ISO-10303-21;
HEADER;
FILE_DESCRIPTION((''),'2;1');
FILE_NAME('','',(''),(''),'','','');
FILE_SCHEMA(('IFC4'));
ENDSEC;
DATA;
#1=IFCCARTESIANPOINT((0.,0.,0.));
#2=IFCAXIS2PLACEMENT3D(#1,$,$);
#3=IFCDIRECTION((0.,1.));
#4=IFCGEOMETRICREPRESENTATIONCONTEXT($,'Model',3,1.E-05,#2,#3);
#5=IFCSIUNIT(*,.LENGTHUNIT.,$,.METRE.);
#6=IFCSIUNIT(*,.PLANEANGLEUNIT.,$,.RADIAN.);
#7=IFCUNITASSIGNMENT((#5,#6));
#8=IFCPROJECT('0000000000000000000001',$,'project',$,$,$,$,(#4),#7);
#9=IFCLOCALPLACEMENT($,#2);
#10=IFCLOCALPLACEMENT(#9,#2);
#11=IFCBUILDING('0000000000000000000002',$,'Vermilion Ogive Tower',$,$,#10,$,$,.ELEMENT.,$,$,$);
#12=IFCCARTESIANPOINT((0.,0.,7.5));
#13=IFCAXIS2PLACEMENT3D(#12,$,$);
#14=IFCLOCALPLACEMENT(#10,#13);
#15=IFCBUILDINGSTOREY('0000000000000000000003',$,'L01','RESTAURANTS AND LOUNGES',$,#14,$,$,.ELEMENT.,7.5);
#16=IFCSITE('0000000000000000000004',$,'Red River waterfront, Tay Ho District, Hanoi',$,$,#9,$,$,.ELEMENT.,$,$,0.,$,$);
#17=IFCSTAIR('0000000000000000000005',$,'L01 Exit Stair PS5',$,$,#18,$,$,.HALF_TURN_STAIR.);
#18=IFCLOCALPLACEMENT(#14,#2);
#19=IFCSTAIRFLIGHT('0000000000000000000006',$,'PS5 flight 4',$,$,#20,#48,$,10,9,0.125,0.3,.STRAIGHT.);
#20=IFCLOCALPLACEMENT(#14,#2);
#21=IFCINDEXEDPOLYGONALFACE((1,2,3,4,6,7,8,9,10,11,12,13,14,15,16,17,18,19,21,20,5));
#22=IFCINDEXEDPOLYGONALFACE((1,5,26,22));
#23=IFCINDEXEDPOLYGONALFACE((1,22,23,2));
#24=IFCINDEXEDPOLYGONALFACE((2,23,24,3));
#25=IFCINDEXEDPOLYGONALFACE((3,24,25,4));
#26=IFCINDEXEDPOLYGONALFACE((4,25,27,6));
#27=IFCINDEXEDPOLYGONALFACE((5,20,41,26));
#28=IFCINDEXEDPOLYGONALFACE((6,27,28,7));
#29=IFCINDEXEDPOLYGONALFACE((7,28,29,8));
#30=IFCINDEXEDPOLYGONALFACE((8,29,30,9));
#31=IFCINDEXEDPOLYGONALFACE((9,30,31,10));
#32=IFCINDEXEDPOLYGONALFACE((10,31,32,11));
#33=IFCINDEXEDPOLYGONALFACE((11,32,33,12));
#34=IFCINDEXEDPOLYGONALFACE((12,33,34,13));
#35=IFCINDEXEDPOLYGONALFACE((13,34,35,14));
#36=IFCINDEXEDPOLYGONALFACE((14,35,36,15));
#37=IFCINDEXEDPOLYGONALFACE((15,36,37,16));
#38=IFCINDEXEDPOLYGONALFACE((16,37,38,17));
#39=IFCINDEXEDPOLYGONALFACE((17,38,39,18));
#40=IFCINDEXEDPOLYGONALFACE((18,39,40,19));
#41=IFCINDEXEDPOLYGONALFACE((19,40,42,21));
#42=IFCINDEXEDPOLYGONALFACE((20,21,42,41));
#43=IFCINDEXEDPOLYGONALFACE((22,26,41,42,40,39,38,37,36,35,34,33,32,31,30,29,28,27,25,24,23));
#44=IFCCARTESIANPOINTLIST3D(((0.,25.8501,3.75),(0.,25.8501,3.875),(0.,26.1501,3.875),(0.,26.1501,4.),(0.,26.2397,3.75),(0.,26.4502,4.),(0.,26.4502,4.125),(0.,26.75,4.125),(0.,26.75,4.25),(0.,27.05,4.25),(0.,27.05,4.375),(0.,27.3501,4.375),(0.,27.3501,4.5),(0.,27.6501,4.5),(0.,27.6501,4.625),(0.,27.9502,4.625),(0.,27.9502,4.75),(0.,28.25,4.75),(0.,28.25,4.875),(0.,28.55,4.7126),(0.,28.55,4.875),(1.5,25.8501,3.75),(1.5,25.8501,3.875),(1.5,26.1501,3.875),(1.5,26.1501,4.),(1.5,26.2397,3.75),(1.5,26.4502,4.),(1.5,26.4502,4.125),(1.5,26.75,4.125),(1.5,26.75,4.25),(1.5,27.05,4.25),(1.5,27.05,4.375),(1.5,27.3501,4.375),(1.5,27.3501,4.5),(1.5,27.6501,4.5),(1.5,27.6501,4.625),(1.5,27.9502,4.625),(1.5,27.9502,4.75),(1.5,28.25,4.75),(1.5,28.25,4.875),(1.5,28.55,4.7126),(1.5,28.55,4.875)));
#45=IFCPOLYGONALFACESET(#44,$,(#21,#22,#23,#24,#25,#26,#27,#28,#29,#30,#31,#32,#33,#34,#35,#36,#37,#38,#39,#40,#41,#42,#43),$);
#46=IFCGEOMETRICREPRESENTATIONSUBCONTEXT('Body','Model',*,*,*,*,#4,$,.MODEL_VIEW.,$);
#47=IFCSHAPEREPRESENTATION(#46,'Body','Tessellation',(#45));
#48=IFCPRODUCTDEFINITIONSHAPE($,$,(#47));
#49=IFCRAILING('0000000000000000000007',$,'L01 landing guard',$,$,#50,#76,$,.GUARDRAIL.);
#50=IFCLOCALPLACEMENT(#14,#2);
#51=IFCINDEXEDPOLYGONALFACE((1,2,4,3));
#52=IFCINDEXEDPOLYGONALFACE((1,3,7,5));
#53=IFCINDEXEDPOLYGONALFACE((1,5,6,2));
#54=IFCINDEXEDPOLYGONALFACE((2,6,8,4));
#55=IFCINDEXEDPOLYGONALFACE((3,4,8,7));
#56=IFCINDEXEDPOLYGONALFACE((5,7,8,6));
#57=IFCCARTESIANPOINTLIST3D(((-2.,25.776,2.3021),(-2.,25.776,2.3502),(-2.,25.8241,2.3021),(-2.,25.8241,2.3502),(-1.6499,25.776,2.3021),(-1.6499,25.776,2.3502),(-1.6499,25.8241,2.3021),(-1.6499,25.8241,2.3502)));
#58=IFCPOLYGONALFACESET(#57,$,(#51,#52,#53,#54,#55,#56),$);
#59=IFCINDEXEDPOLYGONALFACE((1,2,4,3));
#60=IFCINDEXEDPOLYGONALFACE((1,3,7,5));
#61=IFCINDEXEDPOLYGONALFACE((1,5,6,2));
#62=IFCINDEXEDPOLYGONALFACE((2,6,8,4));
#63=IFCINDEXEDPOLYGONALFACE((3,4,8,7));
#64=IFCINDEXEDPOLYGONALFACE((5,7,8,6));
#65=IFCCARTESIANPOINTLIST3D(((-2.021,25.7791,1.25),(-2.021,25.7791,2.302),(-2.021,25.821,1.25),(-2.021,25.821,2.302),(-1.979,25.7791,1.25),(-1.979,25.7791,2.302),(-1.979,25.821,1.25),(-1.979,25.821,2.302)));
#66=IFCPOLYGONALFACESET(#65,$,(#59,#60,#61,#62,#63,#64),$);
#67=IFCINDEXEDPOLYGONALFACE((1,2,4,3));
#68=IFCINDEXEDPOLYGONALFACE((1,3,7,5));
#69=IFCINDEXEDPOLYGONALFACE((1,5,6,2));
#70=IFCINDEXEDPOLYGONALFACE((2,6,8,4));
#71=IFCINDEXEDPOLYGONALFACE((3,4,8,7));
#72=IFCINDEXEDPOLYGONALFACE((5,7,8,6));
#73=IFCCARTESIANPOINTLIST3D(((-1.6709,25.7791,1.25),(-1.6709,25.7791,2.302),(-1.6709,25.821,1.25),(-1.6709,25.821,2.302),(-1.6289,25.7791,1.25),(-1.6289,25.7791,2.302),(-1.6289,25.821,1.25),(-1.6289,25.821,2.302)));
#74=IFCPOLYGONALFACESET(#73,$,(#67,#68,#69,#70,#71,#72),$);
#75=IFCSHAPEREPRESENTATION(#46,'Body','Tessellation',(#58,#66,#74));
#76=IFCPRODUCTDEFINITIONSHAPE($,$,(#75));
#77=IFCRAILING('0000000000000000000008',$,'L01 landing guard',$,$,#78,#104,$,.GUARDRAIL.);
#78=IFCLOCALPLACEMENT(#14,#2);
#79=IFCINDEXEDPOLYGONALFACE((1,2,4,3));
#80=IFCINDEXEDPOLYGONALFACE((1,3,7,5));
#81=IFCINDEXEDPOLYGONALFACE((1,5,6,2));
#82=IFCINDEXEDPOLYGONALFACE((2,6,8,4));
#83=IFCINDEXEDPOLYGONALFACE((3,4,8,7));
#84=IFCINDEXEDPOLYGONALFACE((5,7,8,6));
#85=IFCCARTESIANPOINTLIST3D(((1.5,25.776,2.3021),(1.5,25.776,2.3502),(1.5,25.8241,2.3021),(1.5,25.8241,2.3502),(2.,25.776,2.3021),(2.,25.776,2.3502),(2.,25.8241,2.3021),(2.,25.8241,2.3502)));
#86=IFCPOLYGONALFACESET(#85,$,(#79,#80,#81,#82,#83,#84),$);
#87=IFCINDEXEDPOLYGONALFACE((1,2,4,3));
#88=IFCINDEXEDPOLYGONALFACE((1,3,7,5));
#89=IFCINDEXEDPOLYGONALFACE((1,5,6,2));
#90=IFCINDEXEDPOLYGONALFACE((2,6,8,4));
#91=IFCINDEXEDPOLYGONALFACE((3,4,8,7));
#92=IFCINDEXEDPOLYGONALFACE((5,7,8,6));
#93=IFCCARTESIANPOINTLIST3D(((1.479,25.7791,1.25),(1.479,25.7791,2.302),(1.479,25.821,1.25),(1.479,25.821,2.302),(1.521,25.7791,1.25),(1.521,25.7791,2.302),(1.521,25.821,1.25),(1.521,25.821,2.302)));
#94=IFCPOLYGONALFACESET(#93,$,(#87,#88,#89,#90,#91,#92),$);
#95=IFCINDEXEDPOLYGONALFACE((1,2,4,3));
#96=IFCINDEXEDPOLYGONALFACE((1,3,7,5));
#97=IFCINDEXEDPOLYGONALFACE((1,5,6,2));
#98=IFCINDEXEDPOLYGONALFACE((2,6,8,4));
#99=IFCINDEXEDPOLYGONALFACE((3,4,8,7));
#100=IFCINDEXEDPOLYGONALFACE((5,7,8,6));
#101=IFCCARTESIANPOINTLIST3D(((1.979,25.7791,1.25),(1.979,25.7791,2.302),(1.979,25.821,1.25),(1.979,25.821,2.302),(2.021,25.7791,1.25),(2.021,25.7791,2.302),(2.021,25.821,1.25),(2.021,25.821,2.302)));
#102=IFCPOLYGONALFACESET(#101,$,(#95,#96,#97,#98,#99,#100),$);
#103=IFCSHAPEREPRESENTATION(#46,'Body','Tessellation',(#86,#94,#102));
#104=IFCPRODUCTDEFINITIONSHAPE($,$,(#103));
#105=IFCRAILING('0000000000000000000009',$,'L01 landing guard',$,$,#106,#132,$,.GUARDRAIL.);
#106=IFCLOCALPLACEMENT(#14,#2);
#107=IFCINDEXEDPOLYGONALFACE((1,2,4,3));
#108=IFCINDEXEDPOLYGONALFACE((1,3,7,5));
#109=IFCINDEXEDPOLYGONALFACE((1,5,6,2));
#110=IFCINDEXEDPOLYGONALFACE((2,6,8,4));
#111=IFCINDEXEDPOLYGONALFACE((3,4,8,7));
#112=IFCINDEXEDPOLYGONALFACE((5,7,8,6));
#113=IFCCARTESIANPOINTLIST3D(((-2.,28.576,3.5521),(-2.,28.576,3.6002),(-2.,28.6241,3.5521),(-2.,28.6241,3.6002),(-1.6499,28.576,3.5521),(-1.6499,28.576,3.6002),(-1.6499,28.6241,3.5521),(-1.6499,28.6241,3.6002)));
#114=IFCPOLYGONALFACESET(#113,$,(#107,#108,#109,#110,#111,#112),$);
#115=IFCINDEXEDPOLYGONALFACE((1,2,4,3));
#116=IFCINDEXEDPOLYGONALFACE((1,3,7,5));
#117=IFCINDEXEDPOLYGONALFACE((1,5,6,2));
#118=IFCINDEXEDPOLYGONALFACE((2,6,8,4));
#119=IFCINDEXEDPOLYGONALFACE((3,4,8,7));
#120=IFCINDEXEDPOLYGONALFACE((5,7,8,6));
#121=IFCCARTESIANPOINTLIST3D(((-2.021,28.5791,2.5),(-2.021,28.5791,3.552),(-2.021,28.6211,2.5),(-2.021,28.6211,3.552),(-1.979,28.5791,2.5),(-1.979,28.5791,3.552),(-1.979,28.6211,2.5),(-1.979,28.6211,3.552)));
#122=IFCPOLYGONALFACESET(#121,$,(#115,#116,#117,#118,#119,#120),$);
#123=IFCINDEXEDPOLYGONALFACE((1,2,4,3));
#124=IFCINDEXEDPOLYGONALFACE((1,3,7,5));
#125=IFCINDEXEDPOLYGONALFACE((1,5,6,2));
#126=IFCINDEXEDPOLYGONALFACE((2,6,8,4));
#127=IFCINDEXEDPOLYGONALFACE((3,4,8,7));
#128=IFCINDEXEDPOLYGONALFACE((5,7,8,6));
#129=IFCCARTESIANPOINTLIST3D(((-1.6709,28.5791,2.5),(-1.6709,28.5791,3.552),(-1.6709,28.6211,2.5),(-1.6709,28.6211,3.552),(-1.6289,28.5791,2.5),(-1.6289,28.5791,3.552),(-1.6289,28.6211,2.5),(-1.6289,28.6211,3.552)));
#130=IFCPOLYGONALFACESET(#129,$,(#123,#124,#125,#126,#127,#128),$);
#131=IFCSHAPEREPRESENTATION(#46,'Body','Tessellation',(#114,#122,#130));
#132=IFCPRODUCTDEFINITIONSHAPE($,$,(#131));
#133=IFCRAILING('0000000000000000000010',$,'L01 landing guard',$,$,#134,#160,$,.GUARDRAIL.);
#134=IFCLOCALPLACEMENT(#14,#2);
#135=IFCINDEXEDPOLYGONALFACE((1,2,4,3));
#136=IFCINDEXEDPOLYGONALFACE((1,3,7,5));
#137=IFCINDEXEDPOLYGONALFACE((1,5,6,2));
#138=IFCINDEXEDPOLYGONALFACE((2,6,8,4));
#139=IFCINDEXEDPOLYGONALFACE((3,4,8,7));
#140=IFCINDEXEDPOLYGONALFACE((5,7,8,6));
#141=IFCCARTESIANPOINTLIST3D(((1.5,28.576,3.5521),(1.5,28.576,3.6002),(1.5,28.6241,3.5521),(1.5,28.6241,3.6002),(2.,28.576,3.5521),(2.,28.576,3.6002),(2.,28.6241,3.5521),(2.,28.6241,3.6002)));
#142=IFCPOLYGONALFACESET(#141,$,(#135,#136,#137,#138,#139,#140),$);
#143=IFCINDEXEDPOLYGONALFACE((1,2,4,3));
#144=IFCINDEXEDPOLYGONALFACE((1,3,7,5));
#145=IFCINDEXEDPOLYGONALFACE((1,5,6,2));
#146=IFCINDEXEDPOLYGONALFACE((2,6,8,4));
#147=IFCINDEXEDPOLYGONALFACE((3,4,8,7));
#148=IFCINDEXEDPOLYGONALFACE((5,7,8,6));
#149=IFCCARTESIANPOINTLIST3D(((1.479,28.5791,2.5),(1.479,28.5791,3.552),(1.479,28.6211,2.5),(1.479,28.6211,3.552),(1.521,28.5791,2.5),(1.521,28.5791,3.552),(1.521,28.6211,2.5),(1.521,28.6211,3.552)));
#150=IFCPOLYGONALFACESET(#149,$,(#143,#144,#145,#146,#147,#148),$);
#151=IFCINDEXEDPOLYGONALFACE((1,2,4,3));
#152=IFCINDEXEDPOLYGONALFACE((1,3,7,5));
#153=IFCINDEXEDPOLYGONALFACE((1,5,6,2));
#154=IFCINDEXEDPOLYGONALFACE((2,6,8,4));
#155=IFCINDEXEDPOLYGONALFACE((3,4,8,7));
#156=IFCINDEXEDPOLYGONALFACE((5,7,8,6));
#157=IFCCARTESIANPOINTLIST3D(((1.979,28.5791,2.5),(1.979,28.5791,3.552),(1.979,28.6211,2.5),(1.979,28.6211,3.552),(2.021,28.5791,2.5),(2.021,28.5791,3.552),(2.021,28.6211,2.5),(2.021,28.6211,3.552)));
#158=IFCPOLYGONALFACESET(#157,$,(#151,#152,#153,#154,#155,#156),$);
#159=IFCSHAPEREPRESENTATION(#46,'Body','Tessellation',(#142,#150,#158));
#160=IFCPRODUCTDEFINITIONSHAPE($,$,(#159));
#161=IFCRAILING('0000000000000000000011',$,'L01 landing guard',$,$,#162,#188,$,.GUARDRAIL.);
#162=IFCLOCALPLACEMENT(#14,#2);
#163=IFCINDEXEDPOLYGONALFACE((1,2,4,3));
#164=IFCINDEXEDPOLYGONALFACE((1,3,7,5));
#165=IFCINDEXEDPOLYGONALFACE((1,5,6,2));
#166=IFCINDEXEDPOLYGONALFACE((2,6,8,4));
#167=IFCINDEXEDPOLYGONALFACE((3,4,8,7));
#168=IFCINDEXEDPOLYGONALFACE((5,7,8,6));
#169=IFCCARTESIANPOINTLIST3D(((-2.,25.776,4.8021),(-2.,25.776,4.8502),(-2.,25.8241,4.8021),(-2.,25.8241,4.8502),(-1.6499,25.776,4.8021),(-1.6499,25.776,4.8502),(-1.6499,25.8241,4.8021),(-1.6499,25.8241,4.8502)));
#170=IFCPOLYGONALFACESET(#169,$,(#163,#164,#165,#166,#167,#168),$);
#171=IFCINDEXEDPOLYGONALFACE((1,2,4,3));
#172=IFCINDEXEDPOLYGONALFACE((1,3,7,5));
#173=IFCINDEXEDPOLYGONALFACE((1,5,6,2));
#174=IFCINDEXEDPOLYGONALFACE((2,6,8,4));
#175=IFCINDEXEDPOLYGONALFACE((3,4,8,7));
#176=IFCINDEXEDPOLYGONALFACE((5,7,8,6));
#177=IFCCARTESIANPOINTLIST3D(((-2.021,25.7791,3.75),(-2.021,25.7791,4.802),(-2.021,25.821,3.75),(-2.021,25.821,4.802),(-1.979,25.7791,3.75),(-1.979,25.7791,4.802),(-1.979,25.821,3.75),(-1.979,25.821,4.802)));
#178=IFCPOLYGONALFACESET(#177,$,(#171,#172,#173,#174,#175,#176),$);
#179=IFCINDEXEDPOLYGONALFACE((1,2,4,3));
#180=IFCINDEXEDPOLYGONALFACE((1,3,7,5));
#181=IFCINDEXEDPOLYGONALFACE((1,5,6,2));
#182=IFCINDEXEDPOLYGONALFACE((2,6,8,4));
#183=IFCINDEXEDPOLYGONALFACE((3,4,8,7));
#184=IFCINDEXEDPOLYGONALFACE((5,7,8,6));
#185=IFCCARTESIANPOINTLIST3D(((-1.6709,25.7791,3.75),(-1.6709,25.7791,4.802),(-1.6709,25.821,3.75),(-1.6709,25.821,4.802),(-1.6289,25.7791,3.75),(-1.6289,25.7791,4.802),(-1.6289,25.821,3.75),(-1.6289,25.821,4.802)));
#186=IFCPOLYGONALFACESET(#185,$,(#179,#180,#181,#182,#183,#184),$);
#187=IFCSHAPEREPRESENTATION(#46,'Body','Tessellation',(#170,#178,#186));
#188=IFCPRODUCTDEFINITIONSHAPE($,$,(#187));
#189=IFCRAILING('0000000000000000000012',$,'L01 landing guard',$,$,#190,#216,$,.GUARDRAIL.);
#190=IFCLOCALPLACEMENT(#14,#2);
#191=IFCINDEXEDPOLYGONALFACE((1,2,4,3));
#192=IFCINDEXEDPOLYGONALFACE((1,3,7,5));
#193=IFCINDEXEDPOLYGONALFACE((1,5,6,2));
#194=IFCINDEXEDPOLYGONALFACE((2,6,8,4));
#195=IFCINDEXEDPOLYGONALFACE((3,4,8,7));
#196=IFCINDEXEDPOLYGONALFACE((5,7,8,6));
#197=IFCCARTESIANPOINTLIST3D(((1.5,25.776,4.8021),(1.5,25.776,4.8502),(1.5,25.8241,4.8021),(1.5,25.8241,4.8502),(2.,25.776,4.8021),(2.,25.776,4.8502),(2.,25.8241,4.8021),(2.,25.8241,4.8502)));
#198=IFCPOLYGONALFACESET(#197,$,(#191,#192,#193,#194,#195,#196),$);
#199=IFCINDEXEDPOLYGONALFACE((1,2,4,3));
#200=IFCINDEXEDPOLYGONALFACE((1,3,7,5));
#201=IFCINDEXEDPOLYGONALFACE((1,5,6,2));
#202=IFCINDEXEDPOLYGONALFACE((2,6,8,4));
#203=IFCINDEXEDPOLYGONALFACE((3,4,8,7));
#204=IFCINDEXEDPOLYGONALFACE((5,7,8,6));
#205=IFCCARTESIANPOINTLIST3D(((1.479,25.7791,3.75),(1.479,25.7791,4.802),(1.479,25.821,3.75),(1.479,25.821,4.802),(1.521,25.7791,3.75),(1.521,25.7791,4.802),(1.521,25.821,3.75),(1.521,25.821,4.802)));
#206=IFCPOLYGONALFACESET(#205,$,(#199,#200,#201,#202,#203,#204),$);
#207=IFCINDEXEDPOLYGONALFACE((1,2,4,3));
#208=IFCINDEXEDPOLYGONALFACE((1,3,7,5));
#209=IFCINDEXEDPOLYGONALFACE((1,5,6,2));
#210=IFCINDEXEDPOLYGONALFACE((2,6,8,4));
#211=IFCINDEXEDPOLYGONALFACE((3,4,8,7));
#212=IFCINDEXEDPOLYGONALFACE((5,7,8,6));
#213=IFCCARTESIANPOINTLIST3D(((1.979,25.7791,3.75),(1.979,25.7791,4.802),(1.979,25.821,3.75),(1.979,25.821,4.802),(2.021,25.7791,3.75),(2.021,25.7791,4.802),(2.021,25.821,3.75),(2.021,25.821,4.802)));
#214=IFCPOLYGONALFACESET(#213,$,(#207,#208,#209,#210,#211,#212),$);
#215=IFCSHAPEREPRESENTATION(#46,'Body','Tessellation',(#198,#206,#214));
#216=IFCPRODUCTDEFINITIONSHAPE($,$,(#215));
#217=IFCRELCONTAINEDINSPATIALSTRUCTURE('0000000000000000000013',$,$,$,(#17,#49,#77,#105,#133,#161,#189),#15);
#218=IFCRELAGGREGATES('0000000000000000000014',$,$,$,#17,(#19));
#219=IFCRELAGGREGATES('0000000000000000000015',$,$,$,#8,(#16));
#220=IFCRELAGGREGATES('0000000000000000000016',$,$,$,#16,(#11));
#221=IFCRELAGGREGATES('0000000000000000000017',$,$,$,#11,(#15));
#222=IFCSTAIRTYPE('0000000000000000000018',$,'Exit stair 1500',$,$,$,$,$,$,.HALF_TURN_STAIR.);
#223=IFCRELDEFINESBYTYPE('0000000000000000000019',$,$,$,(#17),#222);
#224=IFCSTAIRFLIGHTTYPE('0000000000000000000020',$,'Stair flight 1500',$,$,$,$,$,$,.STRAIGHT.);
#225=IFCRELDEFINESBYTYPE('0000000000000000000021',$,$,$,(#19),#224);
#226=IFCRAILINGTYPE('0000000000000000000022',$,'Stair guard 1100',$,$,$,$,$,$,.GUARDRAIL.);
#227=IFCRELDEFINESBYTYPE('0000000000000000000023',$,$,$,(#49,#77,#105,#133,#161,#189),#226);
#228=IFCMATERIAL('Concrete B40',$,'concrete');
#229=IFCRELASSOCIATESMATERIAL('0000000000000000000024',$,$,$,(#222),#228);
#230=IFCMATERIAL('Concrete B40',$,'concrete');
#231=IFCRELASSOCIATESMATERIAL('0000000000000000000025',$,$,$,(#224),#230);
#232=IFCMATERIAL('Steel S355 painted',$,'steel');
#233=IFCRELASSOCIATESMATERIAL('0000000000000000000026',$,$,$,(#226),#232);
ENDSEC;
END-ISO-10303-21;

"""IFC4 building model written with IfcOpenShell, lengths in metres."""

from ifc_helpers import new_model, si_unit, direction, frame, origin, origin_2d, place, context, subcontext, project, spatial, polyline, rectangle, outline, extrude, material, type_object, element, aggregate, save


model = new_model("IFC4")

# Units and contexts
model_context = context("Model", 3, precision=1e-05, world=origin(), true_north=direction((0.0, 1.0)))
body_context = subcontext(model_context, "Body", "Model", "MODEL_VIEW")
ifc_project = project(units=[si_unit("LENGTHUNIT", "METRE"), si_unit("PLANEANGLEUNIT", "RADIAN")], contexts=[model_context])

# Site, building, storey
site_placement = place(None, origin())
site = spatial("IfcSite", under=ifc_project, at=site_placement, Name="Red River waterfront, Tay Ho District, Hanoi", CompositionType="ELEMENT", RefElevation=0.0)
building_placement = place(site_placement, origin())
building = spatial("IfcBuilding", under=site, at=building_placement, Name="Vermilion Ogive Tower", CompositionType="ELEMENT")
storey_placement = place(building_placement, frame((0.0, 0.0, 7.5)))
storey = spatial("IfcBuildingStorey", under=building, at=storey_placement, Name="L01", Description="RESTAURANTS AND LOUNGES", CompositionType="ELEMENT", Elevation=7.5)

# Stair, stair flight
ifc_material_1 = material(Name="Concrete B40", Category="concrete")
stair_type = type_object("IfcStairType", Name="Exit stair 1500", PredefinedType="HALF_TURN_STAIR", material=ifc_material_1)
stair_placement = place(storey_placement, origin())
stair = element("IfcStair", 1, at=stair_placement, inside=storey, type_object=stair_type, Name="L01 Exit Stair PS5", PredefinedType="HALF_TURN_STAIR")
ifc_material_2 = material(Name="Concrete B40", Category="concrete")
stair_flight_type = type_object("IfcStairFlightType", Name="Stair flight 1500", PredefinedType="STRAIGHT", material=ifc_material_2)
stair_flight_1_placement = place(storey_placement, frame((0.75, 25.8501, 3.75), z_axis=(0.0, 0.0, 1.0), x_axis=(0.0, 1.0, 0.0)))
stair_flight_1 = element("IfcStairFlight", 2, at=stair_flight_1_placement, type_object=stair_flight_type, Name="PS5 flight 4", NumberOfRisers=10, NumberOfTreads=9, PredefinedType="STRAIGHT", RiserHeight=0.125, TreadLength=0.3, context=body_context, shape_type="SweptSolid", body=[
    extrude(outline(polyline([(0.0, 0.0), (0.0, 0.125), (0.3, 0.125), (0.3, 0.25), (0.6001, 0.25), (0.6001, 0.375), (0.8999, 0.375), (0.8999, 0.5), (1.2, 0.5), (1.2, 0.625), (1.5, 0.625), (1.5, 0.75), (1.8, 0.75), (1.8, 0.875), (2.1001, 0.875), (2.1001, 1.0), (2.3999, 1.0), (2.3999, 1.125), (2.7, 1.125), (2.7, 1.25), (2.7, 0.9626), (0.3896, 0.0), (0.0, 0.0)])), frame((0.0, 0.75, 0.0), z_axis=(0.0, -1.0, 0.0), x_axis=(1.0, 0.0, 0.0)), (0.0, 0.0, 1.0), 1.5),
])
aggregate(stair, [stair_flight_1])

# Railings
ifc_material_3 = material(Name="Steel S355 painted", Category="steel")
railing_type_1 = type_object("IfcRailingType", Name="Stair guard 1100", PredefinedType="GUARDRAIL", material=ifc_material_3)
railing_1_placement = place(storey_placement, frame((-2.0, 25.8, 1.25)))
element("IfcRailing", 3, at=railing_1_placement, inside=storey, type_object=railing_type_1, Name="L01 landing guard", PredefinedType="GUARDRAIL", context=body_context, shape_type="SweptSolid", body=[
    extrude(rectangle(XDim=0.0481, YDim=0.0481, at=origin_2d()), frame((0.0, 0.0, 1.0762), z_axis=(1.0, 0.0, 0.0), x_axis=(0.0, 1.0, 0.0)), (0.0, 0.0, 1.0), 0.3501),
    extrude(rectangle(XDim=0.042, YDim=0.042, at=origin_2d()), origin(), (0.0, 0.0, 1.0), 1.052),
    extrude(rectangle(XDim=0.042, YDim=0.042, at=origin_2d()), frame((0.3501, 0.0, 0.0)), (0.0, 0.0, 1.0), 1.052),
])
railing_2_placement = place(storey_placement, frame((1.5, 25.8, 1.25)))
element("IfcRailing", 4, at=railing_2_placement, inside=storey, type_object=railing_type_1, Name="L01 landing guard", PredefinedType="GUARDRAIL", context=body_context, shape_type="SweptSolid", body=[
    extrude(rectangle(XDim=0.0481, YDim=0.0481, at=origin_2d()), frame((0.0, 0.0, 1.0762), z_axis=(1.0, 0.0, 0.0), x_axis=(0.0, 1.0, 0.0)), (0.0, 0.0, 1.0), 0.5),
    extrude(rectangle(XDim=0.042, YDim=0.042, at=origin_2d()), origin(), (0.0, 0.0, 1.0), 1.052),
    extrude(rectangle(XDim=0.042, YDim=0.042, at=origin_2d()), frame((0.5, 0.0, 0.0)), (0.0, 0.0, 1.0), 1.052),
])
railing_3_placement = place(storey_placement, frame((-2.0, 28.6001, 2.5)))
element("IfcRailing", 5, at=railing_3_placement, inside=storey, type_object=railing_type_1, Name="L01 landing guard", PredefinedType="GUARDRAIL", context=body_context, shape_type="SweptSolid", body=[
    extrude(rectangle(XDim=0.0481, YDim=0.0481, at=origin_2d()), frame((0.0, 0.0, 1.0762), z_axis=(1.0, 0.0, 0.0), x_axis=(0.0, 1.0, 0.0)), (0.0, 0.0, 1.0), 0.3501),
    extrude(rectangle(XDim=0.042, YDim=0.042, at=origin_2d()), origin(), (0.0, 0.0, 1.0), 1.052),
    extrude(rectangle(XDim=0.042, YDim=0.042, at=origin_2d()), frame((0.3501, 0.0, 0.0)), (0.0, 0.0, 1.0), 1.052),
])
railing_4_placement = place(storey_placement, frame((1.5, 28.6001, 2.5)))
element("IfcRailing", 6, at=railing_4_placement, inside=storey, type_object=railing_type_1, Name="L01 landing guard", PredefinedType="GUARDRAIL", context=body_context, shape_type="SweptSolid", body=[
    extrude(rectangle(XDim=0.0481, YDim=0.0481, at=origin_2d()), frame((0.0, 0.0, 1.0762), z_axis=(1.0, 0.0, 0.0), x_axis=(0.0, 1.0, 0.0)), (0.0, 0.0, 1.0), 0.5),
    extrude(rectangle(XDim=0.042, YDim=0.042, at=origin_2d()), origin(), (0.0, 0.0, 1.0), 1.052),
    extrude(rectangle(XDim=0.042, YDim=0.042, at=origin_2d()), frame((0.5, 0.0, 0.0)), (0.0, 0.0, 1.0), 1.052),
])
railing_5_placement = place(storey_placement, frame((-2.0, 25.8, 3.75)))
element("IfcRailing", 7, at=railing_5_placement, inside=storey, type_object=railing_type_1, Name="L01 landing guard", PredefinedType="GUARDRAIL", context=body_context, shape_type="SweptSolid", body=[
    extrude(rectangle(XDim=0.0481, YDim=0.0481, at=origin_2d()), frame((0.0, 0.0, 1.0762), z_axis=(1.0, 0.0, 0.0), x_axis=(0.0, 1.0, 0.0)), (0.0, 0.0, 1.0), 0.3501),
    extrude(rectangle(XDim=0.042, YDim=0.042, at=origin_2d()), origin(), (0.0, 0.0, 1.0), 1.052),
    extrude(rectangle(XDim=0.042, YDim=0.042, at=origin_2d()), frame((0.3501, 0.0, 0.0)), (0.0, 0.0, 1.0), 1.052),
])
railing_6_placement = place(storey_placement, frame((1.5, 25.8, 3.75)))
element("IfcRailing", 8, at=railing_6_placement, inside=storey, type_object=railing_type_1, Name="L01 landing guard", PredefinedType="GUARDRAIL", context=body_context, shape_type="SweptSolid", body=[
    extrude(rectangle(XDim=0.0481, YDim=0.0481, at=origin_2d()), frame((0.0, 0.0, 1.0762), z_axis=(1.0, 0.0, 0.0), x_axis=(0.0, 1.0, 0.0)), (0.0, 0.0, 1.0), 0.5),
    extrude(rectangle(XDim=0.042, YDim=0.042, at=origin_2d()), origin(), (0.0, 0.0, 1.0), 1.052),
    extrude(rectangle(XDim=0.042, YDim=0.042, at=origin_2d()), frame((0.5, 0.0, 0.0)), (0.0, 0.0, 1.0), 1.052),
])

save(model, "model.ifc")
